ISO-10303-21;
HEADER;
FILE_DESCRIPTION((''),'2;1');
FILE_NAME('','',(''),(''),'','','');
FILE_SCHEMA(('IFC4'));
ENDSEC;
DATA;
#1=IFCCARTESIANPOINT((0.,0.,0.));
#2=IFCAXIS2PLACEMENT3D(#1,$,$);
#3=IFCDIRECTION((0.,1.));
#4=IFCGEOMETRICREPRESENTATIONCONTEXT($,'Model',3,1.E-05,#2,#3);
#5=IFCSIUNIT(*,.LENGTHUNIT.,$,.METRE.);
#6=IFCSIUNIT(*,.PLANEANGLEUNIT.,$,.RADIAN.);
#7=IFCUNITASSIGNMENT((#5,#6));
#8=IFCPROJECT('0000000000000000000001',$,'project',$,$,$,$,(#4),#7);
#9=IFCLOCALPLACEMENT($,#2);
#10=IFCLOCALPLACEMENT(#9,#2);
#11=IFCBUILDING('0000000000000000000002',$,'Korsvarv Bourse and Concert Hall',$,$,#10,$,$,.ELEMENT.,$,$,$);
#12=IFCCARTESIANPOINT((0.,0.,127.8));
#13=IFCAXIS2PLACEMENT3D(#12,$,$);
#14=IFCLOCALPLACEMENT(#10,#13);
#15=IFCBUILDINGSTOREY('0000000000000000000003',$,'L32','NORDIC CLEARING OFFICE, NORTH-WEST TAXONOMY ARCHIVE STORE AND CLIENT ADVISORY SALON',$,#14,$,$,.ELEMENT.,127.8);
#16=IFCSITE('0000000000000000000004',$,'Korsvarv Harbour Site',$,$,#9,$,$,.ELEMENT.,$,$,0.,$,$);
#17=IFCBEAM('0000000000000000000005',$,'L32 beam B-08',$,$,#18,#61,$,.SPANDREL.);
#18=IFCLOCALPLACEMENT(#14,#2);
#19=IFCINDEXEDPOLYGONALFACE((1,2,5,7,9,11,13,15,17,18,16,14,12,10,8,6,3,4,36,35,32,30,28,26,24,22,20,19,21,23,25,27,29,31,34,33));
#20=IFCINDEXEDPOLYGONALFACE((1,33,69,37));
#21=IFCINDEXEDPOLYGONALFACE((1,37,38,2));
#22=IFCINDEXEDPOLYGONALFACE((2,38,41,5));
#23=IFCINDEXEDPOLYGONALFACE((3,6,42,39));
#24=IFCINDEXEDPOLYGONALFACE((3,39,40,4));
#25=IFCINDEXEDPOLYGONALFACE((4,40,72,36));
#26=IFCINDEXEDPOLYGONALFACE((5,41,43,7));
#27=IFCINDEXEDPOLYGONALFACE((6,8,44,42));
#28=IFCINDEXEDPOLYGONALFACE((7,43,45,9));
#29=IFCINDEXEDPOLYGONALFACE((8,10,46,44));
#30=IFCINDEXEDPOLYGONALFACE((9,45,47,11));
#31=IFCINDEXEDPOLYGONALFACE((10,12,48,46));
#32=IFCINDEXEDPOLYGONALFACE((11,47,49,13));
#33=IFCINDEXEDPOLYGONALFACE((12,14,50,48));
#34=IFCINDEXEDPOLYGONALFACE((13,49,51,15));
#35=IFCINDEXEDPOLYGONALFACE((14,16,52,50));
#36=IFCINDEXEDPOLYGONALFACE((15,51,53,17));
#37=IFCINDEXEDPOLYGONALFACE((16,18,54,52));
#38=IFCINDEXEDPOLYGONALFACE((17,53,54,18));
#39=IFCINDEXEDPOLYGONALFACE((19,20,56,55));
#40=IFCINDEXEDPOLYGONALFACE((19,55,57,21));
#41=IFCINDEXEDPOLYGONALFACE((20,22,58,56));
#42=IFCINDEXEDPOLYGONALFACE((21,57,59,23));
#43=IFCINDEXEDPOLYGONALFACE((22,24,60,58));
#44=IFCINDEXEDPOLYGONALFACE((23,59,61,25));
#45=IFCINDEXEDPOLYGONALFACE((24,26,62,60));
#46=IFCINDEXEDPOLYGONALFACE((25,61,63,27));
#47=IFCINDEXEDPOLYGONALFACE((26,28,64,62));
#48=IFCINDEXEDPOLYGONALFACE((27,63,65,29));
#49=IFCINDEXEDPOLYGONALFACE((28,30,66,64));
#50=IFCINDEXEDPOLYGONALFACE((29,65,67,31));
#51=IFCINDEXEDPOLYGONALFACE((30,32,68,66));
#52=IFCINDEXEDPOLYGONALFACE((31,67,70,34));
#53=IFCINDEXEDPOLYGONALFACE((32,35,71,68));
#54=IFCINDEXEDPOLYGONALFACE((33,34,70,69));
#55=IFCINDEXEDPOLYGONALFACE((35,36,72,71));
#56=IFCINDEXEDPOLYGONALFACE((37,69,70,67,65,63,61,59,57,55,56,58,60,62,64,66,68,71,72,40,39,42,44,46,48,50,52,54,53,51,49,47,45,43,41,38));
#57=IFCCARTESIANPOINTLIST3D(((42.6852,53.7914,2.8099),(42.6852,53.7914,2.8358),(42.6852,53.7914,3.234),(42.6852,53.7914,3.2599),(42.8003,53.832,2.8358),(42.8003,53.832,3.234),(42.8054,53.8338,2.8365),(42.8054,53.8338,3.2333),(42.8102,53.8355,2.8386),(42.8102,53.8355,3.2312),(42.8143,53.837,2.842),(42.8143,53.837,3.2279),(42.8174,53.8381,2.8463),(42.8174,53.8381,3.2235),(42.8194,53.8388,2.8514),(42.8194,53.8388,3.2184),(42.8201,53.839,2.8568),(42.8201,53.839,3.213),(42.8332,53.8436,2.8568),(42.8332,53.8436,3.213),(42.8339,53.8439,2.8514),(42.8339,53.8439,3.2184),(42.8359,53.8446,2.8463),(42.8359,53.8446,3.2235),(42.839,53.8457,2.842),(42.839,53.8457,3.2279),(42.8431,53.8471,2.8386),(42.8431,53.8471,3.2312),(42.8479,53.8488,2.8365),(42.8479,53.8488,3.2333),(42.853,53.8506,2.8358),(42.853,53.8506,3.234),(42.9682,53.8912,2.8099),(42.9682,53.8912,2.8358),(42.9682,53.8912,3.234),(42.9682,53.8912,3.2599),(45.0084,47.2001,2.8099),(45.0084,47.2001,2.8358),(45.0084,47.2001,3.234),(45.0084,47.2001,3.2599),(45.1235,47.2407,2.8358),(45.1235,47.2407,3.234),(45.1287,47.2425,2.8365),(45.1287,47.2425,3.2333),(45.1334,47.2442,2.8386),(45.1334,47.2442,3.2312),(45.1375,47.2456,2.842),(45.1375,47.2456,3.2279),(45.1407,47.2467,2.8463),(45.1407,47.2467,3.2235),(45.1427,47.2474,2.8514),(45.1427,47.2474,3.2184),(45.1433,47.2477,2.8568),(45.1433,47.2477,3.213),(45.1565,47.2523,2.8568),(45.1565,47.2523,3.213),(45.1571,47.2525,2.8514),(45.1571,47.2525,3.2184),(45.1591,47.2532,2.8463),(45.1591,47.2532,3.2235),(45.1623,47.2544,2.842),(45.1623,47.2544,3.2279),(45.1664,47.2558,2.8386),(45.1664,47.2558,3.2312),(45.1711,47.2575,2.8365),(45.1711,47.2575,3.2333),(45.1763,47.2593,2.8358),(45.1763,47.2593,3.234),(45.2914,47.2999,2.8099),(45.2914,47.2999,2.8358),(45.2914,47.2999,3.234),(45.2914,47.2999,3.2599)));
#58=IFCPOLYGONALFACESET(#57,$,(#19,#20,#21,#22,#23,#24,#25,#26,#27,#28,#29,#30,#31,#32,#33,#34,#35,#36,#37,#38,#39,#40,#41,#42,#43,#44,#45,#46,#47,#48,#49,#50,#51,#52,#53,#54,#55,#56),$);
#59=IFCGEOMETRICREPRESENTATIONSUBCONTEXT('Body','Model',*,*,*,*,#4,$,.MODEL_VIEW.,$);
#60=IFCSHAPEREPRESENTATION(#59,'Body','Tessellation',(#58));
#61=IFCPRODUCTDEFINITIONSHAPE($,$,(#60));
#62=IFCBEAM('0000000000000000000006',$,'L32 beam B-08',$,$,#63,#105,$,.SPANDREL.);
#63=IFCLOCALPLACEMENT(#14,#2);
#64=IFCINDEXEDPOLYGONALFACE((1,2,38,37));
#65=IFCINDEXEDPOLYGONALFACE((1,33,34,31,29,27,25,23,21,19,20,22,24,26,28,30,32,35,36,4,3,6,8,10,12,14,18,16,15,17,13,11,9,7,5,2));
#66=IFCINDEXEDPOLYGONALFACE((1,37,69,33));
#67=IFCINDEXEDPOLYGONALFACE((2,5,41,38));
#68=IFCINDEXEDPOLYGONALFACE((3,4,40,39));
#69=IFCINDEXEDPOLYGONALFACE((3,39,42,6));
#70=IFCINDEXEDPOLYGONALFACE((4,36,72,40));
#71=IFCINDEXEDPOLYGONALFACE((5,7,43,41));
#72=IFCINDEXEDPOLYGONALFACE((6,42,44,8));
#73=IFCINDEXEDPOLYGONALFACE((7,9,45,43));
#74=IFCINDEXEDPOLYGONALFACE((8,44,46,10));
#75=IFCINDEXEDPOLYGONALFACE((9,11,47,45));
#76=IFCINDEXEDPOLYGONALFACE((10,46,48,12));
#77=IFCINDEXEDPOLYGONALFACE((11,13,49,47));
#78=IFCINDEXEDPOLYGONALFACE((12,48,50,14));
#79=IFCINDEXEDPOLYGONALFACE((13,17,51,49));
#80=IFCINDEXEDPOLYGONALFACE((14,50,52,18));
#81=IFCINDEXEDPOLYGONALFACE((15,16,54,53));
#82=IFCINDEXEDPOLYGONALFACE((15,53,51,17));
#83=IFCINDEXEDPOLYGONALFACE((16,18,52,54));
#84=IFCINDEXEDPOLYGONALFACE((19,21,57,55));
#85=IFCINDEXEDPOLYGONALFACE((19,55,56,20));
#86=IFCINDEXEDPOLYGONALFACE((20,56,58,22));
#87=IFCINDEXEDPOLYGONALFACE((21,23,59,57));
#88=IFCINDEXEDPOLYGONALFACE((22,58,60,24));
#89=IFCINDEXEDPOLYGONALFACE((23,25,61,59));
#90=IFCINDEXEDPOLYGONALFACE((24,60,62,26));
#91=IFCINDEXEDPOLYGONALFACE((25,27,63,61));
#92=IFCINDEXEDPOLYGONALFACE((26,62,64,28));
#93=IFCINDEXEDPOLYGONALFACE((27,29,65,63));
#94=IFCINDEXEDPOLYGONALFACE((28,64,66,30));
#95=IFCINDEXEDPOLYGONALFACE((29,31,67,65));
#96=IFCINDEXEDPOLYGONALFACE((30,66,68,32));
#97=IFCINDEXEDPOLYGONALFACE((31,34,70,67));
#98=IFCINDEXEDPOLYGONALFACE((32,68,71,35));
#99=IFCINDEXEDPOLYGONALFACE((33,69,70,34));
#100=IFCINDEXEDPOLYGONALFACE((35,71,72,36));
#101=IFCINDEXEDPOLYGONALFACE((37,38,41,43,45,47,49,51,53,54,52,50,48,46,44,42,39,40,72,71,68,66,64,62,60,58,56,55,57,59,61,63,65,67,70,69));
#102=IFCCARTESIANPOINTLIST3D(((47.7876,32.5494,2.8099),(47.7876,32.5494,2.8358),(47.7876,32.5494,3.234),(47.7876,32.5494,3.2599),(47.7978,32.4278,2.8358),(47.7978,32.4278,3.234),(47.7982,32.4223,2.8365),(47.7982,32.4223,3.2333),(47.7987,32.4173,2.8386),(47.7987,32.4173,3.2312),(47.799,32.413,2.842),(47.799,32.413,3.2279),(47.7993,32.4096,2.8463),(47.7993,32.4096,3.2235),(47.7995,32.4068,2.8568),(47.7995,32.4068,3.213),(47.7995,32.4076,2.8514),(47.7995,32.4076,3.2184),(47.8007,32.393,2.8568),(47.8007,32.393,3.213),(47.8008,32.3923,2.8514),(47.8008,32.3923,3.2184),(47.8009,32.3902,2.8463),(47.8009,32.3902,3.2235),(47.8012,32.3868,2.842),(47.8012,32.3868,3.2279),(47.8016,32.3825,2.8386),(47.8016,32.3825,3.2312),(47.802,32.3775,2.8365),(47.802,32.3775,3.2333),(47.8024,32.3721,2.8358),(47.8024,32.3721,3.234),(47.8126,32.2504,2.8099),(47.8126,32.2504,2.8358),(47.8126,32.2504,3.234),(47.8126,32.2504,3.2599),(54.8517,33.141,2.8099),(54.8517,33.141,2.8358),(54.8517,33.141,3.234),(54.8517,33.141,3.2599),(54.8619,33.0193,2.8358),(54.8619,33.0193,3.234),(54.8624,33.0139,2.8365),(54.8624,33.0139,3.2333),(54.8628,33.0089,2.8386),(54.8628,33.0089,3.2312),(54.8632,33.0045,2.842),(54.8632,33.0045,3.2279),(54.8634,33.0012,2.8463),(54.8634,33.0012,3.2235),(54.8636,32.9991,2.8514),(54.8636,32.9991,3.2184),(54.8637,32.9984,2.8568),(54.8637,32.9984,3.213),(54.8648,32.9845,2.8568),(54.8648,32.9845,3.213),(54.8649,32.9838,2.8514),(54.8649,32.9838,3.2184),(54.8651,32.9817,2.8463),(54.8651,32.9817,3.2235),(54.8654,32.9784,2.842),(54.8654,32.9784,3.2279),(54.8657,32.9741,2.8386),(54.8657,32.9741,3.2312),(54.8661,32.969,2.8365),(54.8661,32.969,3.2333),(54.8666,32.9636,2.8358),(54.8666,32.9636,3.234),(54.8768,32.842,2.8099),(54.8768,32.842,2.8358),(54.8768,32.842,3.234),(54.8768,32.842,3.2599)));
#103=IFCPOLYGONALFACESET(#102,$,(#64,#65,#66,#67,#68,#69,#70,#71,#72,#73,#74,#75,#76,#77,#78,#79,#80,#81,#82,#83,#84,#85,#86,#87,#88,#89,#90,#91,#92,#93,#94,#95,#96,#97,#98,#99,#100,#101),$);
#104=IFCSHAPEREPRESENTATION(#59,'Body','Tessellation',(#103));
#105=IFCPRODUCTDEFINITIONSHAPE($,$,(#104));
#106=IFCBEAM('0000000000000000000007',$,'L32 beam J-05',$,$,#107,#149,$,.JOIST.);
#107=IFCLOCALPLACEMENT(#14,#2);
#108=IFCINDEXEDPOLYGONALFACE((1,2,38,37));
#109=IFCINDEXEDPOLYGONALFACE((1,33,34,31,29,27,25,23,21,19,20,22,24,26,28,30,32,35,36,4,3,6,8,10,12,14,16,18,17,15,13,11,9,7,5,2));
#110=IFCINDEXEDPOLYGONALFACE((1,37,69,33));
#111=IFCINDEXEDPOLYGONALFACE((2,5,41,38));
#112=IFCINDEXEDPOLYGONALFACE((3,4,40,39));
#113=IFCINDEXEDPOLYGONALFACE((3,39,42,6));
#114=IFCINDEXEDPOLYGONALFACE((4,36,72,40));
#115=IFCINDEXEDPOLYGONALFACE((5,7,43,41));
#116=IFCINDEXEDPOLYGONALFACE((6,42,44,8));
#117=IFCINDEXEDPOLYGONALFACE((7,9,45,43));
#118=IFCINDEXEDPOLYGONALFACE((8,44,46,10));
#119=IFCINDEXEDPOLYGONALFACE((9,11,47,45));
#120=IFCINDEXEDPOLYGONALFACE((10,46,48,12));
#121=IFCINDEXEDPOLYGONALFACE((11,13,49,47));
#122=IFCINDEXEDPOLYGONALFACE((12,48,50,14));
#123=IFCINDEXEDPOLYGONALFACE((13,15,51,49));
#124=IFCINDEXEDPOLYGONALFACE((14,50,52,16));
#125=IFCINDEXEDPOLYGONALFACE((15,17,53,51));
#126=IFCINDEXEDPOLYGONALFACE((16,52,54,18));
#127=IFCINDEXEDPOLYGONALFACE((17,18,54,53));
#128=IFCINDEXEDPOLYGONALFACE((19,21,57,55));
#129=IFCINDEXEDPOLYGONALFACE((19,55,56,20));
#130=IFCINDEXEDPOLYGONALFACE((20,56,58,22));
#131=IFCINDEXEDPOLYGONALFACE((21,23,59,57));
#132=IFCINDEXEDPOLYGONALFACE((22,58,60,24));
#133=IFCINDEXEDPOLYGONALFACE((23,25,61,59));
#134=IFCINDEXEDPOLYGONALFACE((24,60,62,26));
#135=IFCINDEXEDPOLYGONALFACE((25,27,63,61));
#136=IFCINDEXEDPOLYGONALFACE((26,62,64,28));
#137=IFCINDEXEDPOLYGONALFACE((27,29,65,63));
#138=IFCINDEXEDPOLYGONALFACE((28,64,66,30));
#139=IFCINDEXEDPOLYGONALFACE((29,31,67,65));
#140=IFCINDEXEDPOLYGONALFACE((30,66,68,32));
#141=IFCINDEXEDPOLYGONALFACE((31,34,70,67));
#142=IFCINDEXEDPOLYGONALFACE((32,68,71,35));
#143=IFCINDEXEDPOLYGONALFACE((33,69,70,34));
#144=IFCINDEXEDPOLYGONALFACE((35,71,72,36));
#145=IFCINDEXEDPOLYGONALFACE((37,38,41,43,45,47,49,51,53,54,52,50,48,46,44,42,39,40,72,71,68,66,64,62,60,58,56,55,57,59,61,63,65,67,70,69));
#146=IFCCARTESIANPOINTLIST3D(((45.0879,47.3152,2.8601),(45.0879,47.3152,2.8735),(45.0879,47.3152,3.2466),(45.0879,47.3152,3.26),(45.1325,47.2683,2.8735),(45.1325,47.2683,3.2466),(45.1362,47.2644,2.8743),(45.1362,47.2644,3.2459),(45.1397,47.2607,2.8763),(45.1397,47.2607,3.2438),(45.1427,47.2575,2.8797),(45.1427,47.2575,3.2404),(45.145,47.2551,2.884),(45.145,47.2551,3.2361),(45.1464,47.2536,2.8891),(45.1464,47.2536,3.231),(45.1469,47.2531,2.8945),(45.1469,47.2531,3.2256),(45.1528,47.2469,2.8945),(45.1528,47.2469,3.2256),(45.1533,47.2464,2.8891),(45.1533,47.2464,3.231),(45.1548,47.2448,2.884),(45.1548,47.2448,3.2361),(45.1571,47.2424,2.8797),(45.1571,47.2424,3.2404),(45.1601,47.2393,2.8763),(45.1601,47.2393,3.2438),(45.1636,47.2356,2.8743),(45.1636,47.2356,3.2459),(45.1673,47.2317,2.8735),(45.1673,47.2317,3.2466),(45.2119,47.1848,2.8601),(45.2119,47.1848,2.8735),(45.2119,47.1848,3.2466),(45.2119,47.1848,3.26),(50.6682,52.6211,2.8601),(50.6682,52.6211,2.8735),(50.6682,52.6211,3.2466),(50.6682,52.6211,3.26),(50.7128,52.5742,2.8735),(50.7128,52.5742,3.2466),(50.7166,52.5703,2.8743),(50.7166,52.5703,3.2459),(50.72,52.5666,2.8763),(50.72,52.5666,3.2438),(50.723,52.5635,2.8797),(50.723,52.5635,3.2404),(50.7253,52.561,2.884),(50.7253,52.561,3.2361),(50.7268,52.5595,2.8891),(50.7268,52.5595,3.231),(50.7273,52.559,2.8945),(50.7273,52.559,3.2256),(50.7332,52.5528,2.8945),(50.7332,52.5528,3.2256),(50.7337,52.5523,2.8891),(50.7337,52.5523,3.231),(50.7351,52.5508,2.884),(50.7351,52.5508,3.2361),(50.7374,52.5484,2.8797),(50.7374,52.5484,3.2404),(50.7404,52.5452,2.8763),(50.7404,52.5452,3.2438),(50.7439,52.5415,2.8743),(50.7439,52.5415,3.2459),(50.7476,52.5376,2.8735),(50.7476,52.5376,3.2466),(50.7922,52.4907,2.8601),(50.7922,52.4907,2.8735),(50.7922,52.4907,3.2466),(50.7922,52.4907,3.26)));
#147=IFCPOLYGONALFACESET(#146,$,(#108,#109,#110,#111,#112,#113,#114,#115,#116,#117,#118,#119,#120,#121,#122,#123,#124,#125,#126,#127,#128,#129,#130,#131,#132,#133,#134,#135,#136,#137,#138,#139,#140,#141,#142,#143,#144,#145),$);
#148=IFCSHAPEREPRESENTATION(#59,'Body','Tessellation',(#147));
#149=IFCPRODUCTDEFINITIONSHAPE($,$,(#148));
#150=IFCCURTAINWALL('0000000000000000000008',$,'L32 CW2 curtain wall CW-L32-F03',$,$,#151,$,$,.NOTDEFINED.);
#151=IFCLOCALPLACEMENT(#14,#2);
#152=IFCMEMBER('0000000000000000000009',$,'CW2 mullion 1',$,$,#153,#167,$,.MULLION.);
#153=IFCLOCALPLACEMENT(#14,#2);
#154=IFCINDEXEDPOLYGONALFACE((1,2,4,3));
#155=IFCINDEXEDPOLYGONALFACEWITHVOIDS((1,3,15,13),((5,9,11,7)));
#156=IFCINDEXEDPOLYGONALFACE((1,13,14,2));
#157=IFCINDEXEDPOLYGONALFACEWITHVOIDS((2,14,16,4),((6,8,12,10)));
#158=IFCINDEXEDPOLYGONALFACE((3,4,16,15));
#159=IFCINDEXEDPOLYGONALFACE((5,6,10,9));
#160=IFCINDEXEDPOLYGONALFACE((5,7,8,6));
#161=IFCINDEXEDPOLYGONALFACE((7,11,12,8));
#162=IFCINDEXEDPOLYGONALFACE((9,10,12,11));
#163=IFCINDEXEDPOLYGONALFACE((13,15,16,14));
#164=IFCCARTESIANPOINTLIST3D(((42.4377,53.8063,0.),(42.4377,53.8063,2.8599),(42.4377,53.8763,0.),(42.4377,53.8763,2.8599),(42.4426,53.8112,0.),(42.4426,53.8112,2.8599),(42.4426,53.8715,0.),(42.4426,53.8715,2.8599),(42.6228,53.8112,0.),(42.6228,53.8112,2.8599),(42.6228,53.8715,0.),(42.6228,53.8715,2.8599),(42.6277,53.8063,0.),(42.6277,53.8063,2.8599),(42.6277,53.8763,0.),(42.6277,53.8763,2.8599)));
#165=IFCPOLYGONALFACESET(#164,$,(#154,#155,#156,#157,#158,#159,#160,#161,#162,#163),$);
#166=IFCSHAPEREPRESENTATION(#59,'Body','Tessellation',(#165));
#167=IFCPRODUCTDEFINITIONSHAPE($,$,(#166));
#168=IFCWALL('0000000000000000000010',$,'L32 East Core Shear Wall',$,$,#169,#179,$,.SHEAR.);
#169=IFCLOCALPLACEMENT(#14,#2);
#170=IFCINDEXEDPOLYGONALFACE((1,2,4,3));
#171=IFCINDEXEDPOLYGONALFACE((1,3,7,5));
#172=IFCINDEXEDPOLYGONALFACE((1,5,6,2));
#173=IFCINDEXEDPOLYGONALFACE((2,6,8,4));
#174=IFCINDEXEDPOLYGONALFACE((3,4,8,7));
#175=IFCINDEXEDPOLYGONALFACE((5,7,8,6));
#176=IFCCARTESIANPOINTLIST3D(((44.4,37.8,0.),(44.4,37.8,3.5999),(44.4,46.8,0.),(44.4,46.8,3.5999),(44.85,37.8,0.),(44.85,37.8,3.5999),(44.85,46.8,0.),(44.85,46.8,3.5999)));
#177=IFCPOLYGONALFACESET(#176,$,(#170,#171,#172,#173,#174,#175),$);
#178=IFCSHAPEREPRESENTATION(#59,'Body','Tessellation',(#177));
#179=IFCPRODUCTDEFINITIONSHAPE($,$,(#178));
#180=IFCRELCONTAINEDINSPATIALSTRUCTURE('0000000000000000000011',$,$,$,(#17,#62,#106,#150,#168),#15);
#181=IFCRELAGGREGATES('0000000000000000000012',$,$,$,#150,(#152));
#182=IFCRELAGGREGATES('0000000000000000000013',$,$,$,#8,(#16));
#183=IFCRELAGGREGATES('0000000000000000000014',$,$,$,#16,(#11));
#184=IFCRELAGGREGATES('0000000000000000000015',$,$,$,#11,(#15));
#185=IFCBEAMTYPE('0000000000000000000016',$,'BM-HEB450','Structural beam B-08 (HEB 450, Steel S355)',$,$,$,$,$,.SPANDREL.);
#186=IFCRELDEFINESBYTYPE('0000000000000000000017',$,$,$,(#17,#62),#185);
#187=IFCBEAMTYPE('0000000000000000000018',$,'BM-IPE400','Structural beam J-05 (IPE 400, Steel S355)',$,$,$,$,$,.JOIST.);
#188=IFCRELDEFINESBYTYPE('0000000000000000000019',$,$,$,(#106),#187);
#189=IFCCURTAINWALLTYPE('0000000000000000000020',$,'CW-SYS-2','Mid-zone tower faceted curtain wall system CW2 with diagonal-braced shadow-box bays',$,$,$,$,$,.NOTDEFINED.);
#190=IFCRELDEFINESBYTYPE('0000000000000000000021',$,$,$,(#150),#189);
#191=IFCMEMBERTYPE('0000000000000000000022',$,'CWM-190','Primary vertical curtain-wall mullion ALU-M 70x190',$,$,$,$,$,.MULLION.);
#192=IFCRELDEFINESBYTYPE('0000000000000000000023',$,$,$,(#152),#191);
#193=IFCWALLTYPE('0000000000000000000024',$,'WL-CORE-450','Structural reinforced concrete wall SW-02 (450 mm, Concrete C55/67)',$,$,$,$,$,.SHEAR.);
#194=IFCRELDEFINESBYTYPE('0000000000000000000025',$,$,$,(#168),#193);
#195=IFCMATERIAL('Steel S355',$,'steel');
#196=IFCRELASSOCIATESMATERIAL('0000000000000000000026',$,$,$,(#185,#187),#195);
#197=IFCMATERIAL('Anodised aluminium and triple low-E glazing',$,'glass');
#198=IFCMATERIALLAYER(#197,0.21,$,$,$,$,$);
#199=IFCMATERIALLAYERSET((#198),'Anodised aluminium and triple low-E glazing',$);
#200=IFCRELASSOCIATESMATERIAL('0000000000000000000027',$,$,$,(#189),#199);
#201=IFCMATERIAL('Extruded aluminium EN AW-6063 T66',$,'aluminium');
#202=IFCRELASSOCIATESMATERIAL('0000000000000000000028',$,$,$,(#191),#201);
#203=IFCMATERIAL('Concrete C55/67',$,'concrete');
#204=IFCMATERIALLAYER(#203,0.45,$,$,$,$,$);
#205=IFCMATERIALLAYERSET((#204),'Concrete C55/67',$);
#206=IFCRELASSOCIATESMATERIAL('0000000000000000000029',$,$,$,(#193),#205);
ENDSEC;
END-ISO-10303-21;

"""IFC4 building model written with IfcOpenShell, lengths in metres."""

from ifc_helpers import new_model, si_unit, direction, frame, frame_2d, origin, origin_2d, place, context, subcontext, project, spatial, rectangle, hollow_rectangle, i_section, extrude, source, transform, mapped, material, layer, layer_set, material_profile, profile_set, type_object, element, aggregate, save


model = new_model("IFC4")

# Units and contexts
model_context = context("Model", 3, precision=1e-05, world=origin(), true_north=direction((0.0, 1.0)))
body_context = subcontext(model_context, "Body", "Model", "MODEL_VIEW")
ifc_project = project(units=[si_unit("LENGTHUNIT", "METRE"), si_unit("PLANEANGLEUNIT", "RADIAN")], contexts=[model_context])

# Site, building, storey
site_placement = place(None, origin())
site = spatial("IfcSite", under=ifc_project, at=site_placement, Name="Korsvarv Harbour Site", CompositionType="ELEMENT", RefElevation=0.0)
building_placement = place(site_placement, origin())
building = spatial("IfcBuilding", under=site, at=building_placement, Name="Korsvarv Bourse and Concert Hall", CompositionType="ELEMENT")
storey_placement = place(building_placement, frame((0.0, 0.0, 127.8)))
storey = spatial("IfcBuildingStorey", under=building, at=storey_placement, Name="L32", Description="NORDIC CLEARING OFFICE, NORTH-WEST TAXONOMY ARCHIVE STORE AND CLIENT ADVISORY SALON", CompositionType="ELEMENT", Elevation=127.8)

# Beams
ifc_material_1 = material(Name="Steel S355", Category="steel")
ifc_material_profile_1 = material_profile(ifc_material_1, i_section(OverallWidth=0.3, OverallDepth=0.45, WebThickness=0.0139, FlangeThickness=0.0259, FilletRadius=0.021, at=origin_2d()), Name="HEB 450")
ifc_profile_set_1 = profile_set([ifc_material_profile_1], Name="Steel S355")
beam_type_1 = type_object("IfcBeamType", Name="BM-HEB450", Description="Structural beam B-08 (HEB 450, Steel S355)", PredefinedType="SPANDREL", material=ifc_profile_set_1)
shared_shape_1 = source(origin(), body_context, "Body", "SweptSolid", [
    extrude(i_section(OverallWidth=0.3, OverallDepth=0.45, WebThickness=0.0139, FlangeThickness=0.0259, FilletRadius=0.021, at=origin_2d()), origin(), (0.0, 0.0, 1.0), 6.9888),
])
beam_1_placement = place(storey_placement, frame((42.8267, 53.8413, 3.0349), z_axis=(0.332425, -0.94313, 0.0), x_axis=(0.94313, 0.332425, 0.0)))
element("IfcBeam", 1, at=beam_1_placement, inside=storey, type_object=beam_type_1, Name="L32 beam B-08", PredefinedType="SPANDREL", context=body_context, shape_type="MappedRepresentation", body=[
    mapped(shared_shape_1, transform((0.0, 0.0, 0.0), scale=1.0)),
])
shared_shape_2 = source(origin(), body_context, "Body", "SweptSolid", [
    extrude(i_section(OverallWidth=0.3, OverallDepth=0.45, WebThickness=0.0139, FlangeThickness=0.0259, FilletRadius=0.021, at=origin_2d()), origin(), (0.0, 0.0, 1.0), 7.0889),
])
beam_2_placement = place(storey_placement, frame((54.8643, 32.9915, 3.0349), z_axis=(-0.996512, -0.083447, 0.0), x_axis=(0.083447, -0.996512, 0.0)))
element("IfcBeam", 2, at=beam_2_placement, inside=storey, type_object=beam_type_1, Name="L32 beam B-08", PredefinedType="SPANDREL", context=body_context, shape_type="MappedRepresentation", body=[
    mapped(shared_shape_2, transform((0.0, 0.0, 0.0), scale=1.0)),
])
ifc_material_profile_2 = material_profile(ifc_material_1, i_section(OverallWidth=0.1799, OverallDepth=0.3999, WebThickness=0.0085, FlangeThickness=0.0134, FilletRadius=0.021, at=origin_2d()), Name="IPE 400")
ifc_profile_set_2 = profile_set([ifc_material_profile_2], Name="Steel S355")
beam_type_2 = type_object("IfcBeamType", Name="BM-IPE400", Description="Structural beam J-05 (IPE 400, Steel S355)", PredefinedType="JOIST", material=ifc_profile_set_2)
shared_shape_3 = source(origin(), body_context, "Body", "SweptSolid", [
    extrude(i_section(OverallWidth=0.1799, OverallDepth=0.3999, WebThickness=0.0085, FlangeThickness=0.0134, FilletRadius=0.021, at=origin_2d()), origin(), (0.0, 0.0, 1.0), 7.7002),
])
beam_3_placement = place(storey_placement, frame((50.7302, 52.5559, 3.0601), z_axis=(-0.724701, -0.689064, 0.0), x_axis=(0.689064, -0.724701, 0.0)))
element("IfcBeam", 3, at=beam_3_placement, inside=storey, type_object=beam_type_2, Name="L32 beam J-05", PredefinedType="JOIST", context=body_context, shape_type="MappedRepresentation", body=[
    mapped(shared_shape_3, transform((0.0, 0.0, 0.0), scale=1.0)),
])

# Curtain wall, member
ifc_material_2 = material(Name="Anodised aluminium and triple low-E glazing", Category="glass")
ifc_layer_1 = layer(ifc_material_2, 0.21)
ifc_layer_set_1 = layer_set([ifc_layer_1], Name="Anodised aluminium and triple low-E glazing")
curtain_wall_type = type_object("IfcCurtainWallType", Name="CW-SYS-2", Description="Mid-zone tower faceted curtain wall system CW2 with diagonal-braced shadow-box bays", PredefinedType="NOTDEFINED", material=ifc_layer_set_1)
curtain_wall_placement = place(storey_placement, origin())
curtain_wall = element("IfcCurtainWall", 4, at=curtain_wall_placement, inside=storey, type_object=curtain_wall_type, Name="L32 CW2 curtain wall CW-L32-F03", PredefinedType="NOTDEFINED")
ifc_material_3 = material(Name="Extruded aluminium EN AW-6063 T66", Category="aluminium")
ifc_material_profile_3 = material_profile(ifc_material_3, hollow_rectangle(XDim=0.0701, YDim=0.1899, WallThickness=0.0049, at=origin_2d()), Name="ALU-M 70x190")
ifc_profile_set_3 = profile_set([ifc_material_profile_3], Name="Extruded aluminium EN AW-6063 T66")
member_type = type_object("IfcMemberType", Name="CWM-190", Description="Primary vertical curtain-wall mullion ALU-M 70x190", PredefinedType="MULLION", material=ifc_profile_set_3)
shared_shape_4 = source(origin(), body_context, "Body", "SweptSolid", [
    extrude(hollow_rectangle(XDim=0.0701, YDim=0.1899, WallThickness=0.0049, at=origin_2d()), origin(), (0.0, 0.0, 1.0), 2.8599),
])
member_placement = place(storey_placement, frame((42.5327, 53.8413, 0.0), z_axis=(0.0, 0.0, 1.0), x_axis=(0.0, -1.0, 0.0)))
member = element("IfcMember", 5, at=member_placement, type_object=member_type, Name="CW2 mullion 1", PredefinedType="MULLION", context=body_context, shape_type="MappedRepresentation", body=[
    mapped(shared_shape_4, transform((0.0, 0.0, 0.0), scale=1.0)),
])
aggregate(curtain_wall, [member])

# Wall
ifc_material_4 = material(Name="Concrete C55/67", Category="concrete")
ifc_layer_2 = layer(ifc_material_4, 0.45)
ifc_layer_set_2 = layer_set([ifc_layer_2], Name="Concrete C55/67")
wall_type_1 = type_object("IfcWallType", Name="WL-CORE-450", Description="Structural reinforced concrete wall SW-02 (450 mm, Concrete C55/67)", PredefinedType="SHEAR", material=ifc_layer_set_2)
wall_1_placement = place(storey_placement, frame((44.625, 37.8, 0.0), z_axis=(0.0, 0.0, 1.0), x_axis=(0.0, 1.0, 0.0)))
element("IfcWall", 6, at=wall_1_placement, inside=storey, type_object=wall_type_1, Name="L32 East Core Shear Wall", PredefinedType="SHEAR", context=body_context, shape_type="SweptSolid", body=[
    extrude(rectangle(XDim=9.0, YDim=0.45, at=frame_2d((4.5, 0.0))), origin(), (0.0, 0.0, 1.0), 3.5999),
])

save(model, "model.ifc")
